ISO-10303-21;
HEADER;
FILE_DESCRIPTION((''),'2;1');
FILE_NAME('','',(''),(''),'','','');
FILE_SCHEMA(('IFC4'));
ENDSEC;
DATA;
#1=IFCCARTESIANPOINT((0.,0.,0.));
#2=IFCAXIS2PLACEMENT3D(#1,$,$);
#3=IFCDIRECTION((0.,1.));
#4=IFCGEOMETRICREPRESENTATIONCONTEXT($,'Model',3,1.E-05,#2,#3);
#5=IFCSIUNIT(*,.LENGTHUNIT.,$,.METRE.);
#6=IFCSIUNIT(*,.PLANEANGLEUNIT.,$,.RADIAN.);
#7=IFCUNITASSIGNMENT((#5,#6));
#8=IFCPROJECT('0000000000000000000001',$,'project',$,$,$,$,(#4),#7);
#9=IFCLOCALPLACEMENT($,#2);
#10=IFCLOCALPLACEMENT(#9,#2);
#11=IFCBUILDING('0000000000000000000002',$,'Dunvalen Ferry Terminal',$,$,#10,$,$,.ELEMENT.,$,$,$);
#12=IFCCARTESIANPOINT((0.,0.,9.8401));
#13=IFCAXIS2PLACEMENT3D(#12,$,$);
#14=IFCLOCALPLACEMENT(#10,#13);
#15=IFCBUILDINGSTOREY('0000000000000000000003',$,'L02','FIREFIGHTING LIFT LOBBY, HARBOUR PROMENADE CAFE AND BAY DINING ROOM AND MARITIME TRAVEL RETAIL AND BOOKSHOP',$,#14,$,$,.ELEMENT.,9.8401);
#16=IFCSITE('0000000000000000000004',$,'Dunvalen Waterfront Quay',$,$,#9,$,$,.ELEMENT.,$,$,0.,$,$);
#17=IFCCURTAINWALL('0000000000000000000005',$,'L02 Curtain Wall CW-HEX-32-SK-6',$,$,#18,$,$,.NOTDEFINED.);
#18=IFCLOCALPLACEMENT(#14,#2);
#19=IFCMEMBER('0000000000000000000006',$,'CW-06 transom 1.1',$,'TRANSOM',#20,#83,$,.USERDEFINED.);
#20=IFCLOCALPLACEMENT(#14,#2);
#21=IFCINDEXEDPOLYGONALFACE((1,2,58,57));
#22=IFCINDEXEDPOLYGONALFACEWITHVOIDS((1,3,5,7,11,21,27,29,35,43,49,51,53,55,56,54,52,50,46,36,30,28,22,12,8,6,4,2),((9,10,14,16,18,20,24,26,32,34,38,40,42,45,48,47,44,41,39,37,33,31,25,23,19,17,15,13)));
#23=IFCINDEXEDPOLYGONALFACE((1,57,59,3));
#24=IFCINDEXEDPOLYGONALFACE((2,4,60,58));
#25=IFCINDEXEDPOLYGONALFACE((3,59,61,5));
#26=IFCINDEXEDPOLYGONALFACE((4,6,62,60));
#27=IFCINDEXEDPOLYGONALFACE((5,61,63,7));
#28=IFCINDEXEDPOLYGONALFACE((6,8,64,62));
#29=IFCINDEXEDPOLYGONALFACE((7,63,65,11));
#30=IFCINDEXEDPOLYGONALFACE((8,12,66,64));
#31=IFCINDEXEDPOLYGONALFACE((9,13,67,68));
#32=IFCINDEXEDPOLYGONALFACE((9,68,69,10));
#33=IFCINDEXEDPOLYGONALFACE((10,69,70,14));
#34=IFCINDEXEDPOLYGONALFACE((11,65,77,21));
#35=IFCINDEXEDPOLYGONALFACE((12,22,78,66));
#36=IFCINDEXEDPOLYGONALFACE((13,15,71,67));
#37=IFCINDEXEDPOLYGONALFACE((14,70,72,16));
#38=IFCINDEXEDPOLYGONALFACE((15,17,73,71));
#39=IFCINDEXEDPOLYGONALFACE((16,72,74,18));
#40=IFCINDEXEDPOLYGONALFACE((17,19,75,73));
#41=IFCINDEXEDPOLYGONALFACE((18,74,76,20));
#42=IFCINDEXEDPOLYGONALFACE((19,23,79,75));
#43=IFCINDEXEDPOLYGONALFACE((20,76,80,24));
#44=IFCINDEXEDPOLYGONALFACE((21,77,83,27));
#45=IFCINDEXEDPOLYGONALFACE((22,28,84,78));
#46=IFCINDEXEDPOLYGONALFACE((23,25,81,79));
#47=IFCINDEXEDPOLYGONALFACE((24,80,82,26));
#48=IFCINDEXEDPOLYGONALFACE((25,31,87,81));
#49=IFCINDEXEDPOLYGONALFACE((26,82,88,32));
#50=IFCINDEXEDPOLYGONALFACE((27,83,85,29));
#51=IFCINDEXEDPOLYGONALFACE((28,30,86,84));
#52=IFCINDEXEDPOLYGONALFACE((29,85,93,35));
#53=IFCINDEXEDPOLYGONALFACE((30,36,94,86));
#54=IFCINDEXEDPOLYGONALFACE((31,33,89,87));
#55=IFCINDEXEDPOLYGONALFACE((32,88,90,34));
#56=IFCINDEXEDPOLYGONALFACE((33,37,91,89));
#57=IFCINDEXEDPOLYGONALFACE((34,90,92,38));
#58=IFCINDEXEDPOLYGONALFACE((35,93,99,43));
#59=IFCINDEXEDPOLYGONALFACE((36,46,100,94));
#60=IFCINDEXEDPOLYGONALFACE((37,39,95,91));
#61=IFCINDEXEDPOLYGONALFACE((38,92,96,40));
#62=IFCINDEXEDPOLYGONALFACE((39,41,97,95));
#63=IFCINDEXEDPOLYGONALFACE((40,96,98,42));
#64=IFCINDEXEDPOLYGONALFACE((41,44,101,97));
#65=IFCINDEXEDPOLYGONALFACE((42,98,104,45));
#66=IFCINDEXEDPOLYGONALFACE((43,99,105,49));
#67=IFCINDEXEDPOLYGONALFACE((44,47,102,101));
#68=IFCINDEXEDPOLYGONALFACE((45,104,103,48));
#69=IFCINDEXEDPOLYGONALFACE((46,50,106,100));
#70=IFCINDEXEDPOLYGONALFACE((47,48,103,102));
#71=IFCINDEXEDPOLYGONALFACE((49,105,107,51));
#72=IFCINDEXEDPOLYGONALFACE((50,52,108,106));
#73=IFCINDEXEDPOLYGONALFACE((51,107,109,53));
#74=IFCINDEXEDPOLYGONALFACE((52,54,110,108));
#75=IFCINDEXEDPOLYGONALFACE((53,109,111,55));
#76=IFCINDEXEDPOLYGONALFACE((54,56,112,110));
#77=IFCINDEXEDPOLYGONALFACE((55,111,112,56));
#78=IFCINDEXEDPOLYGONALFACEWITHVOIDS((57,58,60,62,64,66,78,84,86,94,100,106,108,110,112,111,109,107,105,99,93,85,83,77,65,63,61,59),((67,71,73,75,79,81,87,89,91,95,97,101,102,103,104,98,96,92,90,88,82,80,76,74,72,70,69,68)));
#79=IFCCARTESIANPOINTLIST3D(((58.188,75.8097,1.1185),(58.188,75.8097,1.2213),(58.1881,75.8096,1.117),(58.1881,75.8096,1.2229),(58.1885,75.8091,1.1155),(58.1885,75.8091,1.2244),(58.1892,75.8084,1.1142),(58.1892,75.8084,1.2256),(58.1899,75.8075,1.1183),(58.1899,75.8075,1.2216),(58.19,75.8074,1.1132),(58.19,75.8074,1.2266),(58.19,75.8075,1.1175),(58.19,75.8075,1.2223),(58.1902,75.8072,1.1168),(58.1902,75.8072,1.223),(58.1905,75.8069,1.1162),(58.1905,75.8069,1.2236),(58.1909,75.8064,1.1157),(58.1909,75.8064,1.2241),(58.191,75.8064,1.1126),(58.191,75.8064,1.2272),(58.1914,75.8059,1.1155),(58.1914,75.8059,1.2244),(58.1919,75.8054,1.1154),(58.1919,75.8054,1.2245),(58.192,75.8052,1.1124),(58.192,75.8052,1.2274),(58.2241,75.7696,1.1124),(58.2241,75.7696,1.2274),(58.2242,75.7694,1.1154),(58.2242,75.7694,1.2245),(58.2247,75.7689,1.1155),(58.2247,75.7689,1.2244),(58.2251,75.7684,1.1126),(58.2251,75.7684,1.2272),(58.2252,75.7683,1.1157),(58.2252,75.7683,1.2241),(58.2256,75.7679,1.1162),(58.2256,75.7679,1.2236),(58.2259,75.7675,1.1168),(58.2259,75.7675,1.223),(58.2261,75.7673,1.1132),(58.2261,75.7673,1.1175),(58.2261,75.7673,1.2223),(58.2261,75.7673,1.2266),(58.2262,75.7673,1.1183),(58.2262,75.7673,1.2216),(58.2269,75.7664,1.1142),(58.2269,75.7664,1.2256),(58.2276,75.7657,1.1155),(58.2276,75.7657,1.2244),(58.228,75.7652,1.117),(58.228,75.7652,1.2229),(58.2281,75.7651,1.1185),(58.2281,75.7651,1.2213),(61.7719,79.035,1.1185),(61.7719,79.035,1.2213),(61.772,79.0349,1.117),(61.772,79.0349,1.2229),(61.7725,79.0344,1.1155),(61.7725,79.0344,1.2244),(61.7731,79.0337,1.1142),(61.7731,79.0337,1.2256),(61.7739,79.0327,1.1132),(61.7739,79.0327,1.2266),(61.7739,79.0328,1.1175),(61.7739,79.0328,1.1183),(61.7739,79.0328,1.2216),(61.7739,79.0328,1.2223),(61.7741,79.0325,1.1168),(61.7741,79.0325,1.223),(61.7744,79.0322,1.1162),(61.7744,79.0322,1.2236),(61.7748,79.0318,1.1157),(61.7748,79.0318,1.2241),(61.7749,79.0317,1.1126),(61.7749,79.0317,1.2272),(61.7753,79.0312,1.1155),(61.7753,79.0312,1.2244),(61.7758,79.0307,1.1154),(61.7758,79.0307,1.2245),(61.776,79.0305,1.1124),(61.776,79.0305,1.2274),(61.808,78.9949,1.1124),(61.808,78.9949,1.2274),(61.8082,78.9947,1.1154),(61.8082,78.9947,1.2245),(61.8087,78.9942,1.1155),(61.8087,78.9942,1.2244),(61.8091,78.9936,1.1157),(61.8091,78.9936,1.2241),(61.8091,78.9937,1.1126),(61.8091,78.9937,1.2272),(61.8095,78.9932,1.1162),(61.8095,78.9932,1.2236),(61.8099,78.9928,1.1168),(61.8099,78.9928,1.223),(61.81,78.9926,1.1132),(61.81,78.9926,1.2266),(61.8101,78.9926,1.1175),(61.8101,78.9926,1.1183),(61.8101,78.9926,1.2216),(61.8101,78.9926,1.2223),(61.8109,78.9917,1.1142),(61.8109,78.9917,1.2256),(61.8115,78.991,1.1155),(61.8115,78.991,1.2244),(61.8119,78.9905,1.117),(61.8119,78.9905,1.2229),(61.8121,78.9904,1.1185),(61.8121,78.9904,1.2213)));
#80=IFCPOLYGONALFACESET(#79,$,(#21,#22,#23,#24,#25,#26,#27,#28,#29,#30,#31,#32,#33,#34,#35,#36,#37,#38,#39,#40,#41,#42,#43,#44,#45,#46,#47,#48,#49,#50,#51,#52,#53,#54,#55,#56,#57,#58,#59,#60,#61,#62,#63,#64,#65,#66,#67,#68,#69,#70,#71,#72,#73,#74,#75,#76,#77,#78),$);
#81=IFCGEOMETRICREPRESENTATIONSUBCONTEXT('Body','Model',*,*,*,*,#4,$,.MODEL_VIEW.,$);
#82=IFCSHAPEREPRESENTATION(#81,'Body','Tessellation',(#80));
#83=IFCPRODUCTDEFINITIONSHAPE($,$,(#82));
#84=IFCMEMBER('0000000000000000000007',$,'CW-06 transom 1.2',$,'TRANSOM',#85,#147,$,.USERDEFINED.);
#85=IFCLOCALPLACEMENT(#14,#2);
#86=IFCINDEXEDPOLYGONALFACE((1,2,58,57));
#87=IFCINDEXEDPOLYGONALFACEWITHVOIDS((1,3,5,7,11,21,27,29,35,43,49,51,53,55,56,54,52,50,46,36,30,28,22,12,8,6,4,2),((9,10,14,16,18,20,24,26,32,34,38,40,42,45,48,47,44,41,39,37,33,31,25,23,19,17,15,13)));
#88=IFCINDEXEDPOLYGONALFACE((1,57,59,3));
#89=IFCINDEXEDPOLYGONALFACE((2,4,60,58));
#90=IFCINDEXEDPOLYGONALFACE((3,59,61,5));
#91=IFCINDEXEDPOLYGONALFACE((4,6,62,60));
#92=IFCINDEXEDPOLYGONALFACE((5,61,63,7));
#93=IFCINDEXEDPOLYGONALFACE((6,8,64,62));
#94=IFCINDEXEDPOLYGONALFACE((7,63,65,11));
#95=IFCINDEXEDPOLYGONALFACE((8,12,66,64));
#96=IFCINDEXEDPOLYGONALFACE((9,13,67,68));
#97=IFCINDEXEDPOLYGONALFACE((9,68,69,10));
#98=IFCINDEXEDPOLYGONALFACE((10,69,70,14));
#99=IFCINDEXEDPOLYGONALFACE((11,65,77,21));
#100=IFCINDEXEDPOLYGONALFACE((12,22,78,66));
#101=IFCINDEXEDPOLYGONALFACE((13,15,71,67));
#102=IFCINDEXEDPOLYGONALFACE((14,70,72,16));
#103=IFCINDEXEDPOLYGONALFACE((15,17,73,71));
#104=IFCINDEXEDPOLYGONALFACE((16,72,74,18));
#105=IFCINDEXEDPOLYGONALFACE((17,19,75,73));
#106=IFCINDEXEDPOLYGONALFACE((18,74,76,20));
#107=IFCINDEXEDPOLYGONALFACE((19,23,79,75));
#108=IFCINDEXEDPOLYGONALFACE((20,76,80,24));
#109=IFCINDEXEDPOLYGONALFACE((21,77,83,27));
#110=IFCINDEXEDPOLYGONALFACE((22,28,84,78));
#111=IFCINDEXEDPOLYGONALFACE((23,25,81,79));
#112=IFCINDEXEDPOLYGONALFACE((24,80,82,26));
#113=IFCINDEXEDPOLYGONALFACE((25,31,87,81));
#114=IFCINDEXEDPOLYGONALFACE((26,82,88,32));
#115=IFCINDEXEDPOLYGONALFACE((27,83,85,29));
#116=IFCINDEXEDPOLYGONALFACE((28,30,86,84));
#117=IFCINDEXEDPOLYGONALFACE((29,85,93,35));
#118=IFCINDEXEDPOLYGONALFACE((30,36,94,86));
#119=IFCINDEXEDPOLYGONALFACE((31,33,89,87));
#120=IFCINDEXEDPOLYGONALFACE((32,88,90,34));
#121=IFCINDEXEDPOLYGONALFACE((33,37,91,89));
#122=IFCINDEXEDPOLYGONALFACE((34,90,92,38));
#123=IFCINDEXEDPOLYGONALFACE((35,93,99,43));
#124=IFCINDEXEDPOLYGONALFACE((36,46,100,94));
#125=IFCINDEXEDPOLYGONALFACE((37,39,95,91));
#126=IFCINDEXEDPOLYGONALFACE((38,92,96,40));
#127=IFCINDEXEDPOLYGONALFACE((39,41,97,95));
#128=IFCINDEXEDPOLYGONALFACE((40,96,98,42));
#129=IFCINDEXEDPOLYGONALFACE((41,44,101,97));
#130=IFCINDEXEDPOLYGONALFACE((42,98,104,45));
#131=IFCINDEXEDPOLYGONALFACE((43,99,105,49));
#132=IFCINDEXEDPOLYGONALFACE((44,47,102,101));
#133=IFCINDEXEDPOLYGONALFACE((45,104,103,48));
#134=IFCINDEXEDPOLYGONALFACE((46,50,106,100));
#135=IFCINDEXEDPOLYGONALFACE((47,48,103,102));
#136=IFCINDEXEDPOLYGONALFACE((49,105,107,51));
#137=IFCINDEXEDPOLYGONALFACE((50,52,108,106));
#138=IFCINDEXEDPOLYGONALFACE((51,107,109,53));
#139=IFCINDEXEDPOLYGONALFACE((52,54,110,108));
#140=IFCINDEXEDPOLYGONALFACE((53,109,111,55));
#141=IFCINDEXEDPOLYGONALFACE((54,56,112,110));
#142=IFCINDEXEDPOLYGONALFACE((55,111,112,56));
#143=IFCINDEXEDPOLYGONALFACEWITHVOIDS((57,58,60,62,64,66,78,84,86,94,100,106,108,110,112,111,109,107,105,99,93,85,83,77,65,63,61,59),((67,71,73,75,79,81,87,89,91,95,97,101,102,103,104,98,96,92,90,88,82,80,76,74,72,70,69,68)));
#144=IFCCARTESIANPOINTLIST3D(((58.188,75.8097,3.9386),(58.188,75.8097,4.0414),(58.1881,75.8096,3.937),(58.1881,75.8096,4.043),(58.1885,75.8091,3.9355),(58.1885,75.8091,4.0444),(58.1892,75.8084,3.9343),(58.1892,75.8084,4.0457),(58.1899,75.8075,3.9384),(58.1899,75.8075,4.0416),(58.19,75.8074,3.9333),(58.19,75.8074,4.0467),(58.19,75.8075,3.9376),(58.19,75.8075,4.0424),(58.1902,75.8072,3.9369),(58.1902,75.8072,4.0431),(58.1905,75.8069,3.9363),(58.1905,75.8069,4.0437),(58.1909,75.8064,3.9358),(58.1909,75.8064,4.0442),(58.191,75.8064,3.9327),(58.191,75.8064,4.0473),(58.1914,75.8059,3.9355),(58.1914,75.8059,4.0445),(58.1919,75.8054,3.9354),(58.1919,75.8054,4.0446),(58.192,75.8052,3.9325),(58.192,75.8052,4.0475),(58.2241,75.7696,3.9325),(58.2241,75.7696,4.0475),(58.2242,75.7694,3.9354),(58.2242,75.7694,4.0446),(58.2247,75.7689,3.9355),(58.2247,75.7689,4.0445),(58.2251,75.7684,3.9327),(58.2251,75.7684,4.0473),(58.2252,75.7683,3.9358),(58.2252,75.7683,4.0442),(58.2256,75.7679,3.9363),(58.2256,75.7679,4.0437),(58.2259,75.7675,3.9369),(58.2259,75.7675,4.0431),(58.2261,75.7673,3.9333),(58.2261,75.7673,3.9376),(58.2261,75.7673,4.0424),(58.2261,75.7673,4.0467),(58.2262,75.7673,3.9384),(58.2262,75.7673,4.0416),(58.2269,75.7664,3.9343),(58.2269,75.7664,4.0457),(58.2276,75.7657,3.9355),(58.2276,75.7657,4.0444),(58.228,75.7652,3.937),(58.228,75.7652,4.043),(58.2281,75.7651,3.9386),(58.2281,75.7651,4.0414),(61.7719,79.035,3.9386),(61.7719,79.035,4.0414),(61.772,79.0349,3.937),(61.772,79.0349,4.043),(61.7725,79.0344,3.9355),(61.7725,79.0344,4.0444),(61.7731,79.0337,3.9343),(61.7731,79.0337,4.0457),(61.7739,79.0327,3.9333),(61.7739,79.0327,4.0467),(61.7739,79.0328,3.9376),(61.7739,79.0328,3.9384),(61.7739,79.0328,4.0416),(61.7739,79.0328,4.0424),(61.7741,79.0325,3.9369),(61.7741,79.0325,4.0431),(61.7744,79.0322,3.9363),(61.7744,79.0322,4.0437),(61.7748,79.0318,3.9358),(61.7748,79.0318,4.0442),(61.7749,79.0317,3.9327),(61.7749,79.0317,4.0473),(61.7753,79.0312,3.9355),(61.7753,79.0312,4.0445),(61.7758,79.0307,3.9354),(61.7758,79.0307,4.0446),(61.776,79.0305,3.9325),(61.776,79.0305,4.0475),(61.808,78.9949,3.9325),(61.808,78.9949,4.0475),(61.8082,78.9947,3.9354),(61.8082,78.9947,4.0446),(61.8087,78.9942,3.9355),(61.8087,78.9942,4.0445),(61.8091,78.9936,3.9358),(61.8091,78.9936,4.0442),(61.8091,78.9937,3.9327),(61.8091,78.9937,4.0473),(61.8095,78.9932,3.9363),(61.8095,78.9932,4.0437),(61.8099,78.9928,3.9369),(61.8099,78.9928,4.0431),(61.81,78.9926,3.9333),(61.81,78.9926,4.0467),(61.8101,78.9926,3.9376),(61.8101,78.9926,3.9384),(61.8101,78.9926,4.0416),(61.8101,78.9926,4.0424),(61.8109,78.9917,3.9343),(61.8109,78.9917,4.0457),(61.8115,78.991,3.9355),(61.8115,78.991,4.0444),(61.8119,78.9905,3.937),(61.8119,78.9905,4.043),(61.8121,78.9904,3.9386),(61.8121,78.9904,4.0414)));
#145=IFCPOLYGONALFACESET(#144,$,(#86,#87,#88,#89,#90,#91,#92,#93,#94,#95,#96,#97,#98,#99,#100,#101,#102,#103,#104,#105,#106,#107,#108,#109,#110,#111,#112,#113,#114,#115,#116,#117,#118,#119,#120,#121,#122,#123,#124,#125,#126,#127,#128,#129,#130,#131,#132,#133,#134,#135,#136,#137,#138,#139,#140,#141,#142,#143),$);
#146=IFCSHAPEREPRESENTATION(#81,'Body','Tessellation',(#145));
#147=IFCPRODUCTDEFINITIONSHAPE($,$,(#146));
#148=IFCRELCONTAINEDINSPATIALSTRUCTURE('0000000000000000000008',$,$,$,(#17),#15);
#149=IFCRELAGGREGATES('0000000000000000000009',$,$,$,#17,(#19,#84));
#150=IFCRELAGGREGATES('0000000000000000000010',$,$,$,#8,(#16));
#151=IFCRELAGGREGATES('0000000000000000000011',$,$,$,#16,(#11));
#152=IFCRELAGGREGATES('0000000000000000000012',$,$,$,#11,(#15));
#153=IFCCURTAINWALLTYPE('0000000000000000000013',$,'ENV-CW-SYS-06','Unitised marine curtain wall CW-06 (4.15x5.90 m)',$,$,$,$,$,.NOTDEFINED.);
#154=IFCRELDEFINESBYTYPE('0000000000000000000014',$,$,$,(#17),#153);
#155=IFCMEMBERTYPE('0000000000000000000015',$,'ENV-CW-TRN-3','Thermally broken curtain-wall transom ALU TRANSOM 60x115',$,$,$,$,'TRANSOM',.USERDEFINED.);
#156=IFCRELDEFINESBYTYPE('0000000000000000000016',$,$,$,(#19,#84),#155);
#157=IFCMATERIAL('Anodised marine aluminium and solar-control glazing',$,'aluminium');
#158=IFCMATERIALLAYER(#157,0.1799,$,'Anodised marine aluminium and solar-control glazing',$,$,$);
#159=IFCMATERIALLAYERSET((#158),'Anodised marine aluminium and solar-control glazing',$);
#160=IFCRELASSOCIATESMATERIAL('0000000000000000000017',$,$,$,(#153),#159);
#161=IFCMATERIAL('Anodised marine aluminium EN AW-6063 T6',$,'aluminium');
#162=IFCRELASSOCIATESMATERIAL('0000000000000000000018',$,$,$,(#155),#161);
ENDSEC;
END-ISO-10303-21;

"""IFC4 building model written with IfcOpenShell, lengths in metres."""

from ifc_helpers import new_model, si_unit, direction, frame, origin, origin_2d, place, context, subcontext, project, spatial, hollow_rectangle, extrude, material, layer, layer_set, material_profile, profile_set, type_object, element, aggregate, save


model = new_model("IFC4")

# Units and contexts
model_context = context("Model", 3, precision=1e-05, world=origin(), true_north=direction((0.0, 1.0)))
body_context = subcontext(model_context, "Body", "Model", "MODEL_VIEW")
ifc_project = project(units=[si_unit("LENGTHUNIT", "METRE"), si_unit("PLANEANGLEUNIT", "RADIAN")], contexts=[model_context])

# Site, building, storey
site_placement = place(None, origin())
site = spatial("IfcSite", under=ifc_project, at=site_placement, Name="Dunvalen Waterfront Quay", CompositionType="ELEMENT", RefElevation=0.0)
building_placement = place(site_placement, origin())
building = spatial("IfcBuilding", under=site, at=building_placement, Name="Dunvalen Ferry Terminal", CompositionType="ELEMENT")
storey_placement = place(building_placement, frame((0.0, 0.0, 9.8401)))
storey = spatial("IfcBuildingStorey", under=building, at=storey_placement, Name="L02", Description="FIREFIGHTING LIFT LOBBY, HARBOUR PROMENADE CAFE AND BAY DINING ROOM AND MARITIME TRAVEL RETAIL AND BOOKSHOP", CompositionType="ELEMENT", Elevation=9.8401)

# Shared definitions
ifc_material_1 = material(Name="Anodised marine aluminium and solar-control glazing", Category="aluminium")
ifc_material_2 = material(Name="Anodised marine aluminium EN AW-6063 T6", Category="aluminium")

# Curtain wall
ifc_layer_1 = layer(ifc_material_1, 0.1799, Name="Anodised marine aluminium and solar-control glazing")
ifc_layer_set_1 = layer_set([ifc_layer_1], Name="Anodised marine aluminium and solar-control glazing")
curtain_wall_type_1 = type_object("IfcCurtainWallType", Name="ENV-CW-SYS-06", Description="Unitised marine curtain wall CW-06 (4.15x5.90 m)", PredefinedType="NOTDEFINED", material=ifc_layer_set_1)
curtain_wall_1_placement = place(storey_placement, origin())
curtain_wall_1 = element("IfcCurtainWall", 1, at=curtain_wall_1_placement, inside=storey, type_object=curtain_wall_type_1, Name="L02 Curtain Wall CW-HEX-32-SK-6", PredefinedType="NOTDEFINED")

# Members
ifc_material_profile_1 = material_profile(ifc_material_2, hollow_rectangle(XDim=0.0601, YDim=0.115, WallThickness=0.0029, InnerFilletRadius=0.0029, OuterFilletRadius=0.0061, at=origin_2d()), Name="Anodised marine aluminium EN AW-6063 T6")
ifc_profile_set_1 = profile_set([ifc_material_profile_1], Name="Anodised marine aluminium EN AW-6063 T6")
member_type_1 = type_object("IfcMemberType", Name="ENV-CW-TRN-3", Description="Thermally broken curtain-wall transom ALU TRANSOM 60x115", ElementType="TRANSOM", PredefinedType="USERDEFINED", material=ifc_profile_set_1)
member_1_placement = place(storey_placement, frame((61.792, 79.0127, 1.1699), z_axis=(-0.743319, -0.668937, 0.0), x_axis=(0.668937, -0.743319, 0.0)))
member_1 = element("IfcMember", 2, at=member_1_placement, type_object=member_type_1, Name="CW-06 transom 1.1", ObjectType="TRANSOM", PredefinedType="USERDEFINED", context=body_context, shape_type="SweptSolid", body=[
    extrude(hollow_rectangle(XDim=0.0601, YDim=0.115, WallThickness=0.0029, InnerFilletRadius=0.0029, OuterFilletRadius=0.0061, at=origin_2d()), origin(), (0.0, 0.0, 1.0), 4.8215),
])
member_2_placement = place(storey_placement, frame((61.792, 79.0127, 3.99), z_axis=(-0.743319, -0.668937, 0.0), x_axis=(0.668937, -0.743319, 0.0)))
member_2 = element("IfcMember", 3, at=member_2_placement, type_object=member_type_1, Name="CW-06 transom 1.2", ObjectType="TRANSOM", PredefinedType="USERDEFINED", context=body_context, shape_type="SweptSolid", body=[
    extrude(hollow_rectangle(XDim=0.0601, YDim=0.115, WallThickness=0.0029, InnerFilletRadius=0.0029, OuterFilletRadius=0.0061, at=origin_2d()), origin(), (0.0, 0.0, 1.0), 4.8215),
])

aggregate(curtain_wall_1, [member_1, member_2])

save(model, "model.ifc")
